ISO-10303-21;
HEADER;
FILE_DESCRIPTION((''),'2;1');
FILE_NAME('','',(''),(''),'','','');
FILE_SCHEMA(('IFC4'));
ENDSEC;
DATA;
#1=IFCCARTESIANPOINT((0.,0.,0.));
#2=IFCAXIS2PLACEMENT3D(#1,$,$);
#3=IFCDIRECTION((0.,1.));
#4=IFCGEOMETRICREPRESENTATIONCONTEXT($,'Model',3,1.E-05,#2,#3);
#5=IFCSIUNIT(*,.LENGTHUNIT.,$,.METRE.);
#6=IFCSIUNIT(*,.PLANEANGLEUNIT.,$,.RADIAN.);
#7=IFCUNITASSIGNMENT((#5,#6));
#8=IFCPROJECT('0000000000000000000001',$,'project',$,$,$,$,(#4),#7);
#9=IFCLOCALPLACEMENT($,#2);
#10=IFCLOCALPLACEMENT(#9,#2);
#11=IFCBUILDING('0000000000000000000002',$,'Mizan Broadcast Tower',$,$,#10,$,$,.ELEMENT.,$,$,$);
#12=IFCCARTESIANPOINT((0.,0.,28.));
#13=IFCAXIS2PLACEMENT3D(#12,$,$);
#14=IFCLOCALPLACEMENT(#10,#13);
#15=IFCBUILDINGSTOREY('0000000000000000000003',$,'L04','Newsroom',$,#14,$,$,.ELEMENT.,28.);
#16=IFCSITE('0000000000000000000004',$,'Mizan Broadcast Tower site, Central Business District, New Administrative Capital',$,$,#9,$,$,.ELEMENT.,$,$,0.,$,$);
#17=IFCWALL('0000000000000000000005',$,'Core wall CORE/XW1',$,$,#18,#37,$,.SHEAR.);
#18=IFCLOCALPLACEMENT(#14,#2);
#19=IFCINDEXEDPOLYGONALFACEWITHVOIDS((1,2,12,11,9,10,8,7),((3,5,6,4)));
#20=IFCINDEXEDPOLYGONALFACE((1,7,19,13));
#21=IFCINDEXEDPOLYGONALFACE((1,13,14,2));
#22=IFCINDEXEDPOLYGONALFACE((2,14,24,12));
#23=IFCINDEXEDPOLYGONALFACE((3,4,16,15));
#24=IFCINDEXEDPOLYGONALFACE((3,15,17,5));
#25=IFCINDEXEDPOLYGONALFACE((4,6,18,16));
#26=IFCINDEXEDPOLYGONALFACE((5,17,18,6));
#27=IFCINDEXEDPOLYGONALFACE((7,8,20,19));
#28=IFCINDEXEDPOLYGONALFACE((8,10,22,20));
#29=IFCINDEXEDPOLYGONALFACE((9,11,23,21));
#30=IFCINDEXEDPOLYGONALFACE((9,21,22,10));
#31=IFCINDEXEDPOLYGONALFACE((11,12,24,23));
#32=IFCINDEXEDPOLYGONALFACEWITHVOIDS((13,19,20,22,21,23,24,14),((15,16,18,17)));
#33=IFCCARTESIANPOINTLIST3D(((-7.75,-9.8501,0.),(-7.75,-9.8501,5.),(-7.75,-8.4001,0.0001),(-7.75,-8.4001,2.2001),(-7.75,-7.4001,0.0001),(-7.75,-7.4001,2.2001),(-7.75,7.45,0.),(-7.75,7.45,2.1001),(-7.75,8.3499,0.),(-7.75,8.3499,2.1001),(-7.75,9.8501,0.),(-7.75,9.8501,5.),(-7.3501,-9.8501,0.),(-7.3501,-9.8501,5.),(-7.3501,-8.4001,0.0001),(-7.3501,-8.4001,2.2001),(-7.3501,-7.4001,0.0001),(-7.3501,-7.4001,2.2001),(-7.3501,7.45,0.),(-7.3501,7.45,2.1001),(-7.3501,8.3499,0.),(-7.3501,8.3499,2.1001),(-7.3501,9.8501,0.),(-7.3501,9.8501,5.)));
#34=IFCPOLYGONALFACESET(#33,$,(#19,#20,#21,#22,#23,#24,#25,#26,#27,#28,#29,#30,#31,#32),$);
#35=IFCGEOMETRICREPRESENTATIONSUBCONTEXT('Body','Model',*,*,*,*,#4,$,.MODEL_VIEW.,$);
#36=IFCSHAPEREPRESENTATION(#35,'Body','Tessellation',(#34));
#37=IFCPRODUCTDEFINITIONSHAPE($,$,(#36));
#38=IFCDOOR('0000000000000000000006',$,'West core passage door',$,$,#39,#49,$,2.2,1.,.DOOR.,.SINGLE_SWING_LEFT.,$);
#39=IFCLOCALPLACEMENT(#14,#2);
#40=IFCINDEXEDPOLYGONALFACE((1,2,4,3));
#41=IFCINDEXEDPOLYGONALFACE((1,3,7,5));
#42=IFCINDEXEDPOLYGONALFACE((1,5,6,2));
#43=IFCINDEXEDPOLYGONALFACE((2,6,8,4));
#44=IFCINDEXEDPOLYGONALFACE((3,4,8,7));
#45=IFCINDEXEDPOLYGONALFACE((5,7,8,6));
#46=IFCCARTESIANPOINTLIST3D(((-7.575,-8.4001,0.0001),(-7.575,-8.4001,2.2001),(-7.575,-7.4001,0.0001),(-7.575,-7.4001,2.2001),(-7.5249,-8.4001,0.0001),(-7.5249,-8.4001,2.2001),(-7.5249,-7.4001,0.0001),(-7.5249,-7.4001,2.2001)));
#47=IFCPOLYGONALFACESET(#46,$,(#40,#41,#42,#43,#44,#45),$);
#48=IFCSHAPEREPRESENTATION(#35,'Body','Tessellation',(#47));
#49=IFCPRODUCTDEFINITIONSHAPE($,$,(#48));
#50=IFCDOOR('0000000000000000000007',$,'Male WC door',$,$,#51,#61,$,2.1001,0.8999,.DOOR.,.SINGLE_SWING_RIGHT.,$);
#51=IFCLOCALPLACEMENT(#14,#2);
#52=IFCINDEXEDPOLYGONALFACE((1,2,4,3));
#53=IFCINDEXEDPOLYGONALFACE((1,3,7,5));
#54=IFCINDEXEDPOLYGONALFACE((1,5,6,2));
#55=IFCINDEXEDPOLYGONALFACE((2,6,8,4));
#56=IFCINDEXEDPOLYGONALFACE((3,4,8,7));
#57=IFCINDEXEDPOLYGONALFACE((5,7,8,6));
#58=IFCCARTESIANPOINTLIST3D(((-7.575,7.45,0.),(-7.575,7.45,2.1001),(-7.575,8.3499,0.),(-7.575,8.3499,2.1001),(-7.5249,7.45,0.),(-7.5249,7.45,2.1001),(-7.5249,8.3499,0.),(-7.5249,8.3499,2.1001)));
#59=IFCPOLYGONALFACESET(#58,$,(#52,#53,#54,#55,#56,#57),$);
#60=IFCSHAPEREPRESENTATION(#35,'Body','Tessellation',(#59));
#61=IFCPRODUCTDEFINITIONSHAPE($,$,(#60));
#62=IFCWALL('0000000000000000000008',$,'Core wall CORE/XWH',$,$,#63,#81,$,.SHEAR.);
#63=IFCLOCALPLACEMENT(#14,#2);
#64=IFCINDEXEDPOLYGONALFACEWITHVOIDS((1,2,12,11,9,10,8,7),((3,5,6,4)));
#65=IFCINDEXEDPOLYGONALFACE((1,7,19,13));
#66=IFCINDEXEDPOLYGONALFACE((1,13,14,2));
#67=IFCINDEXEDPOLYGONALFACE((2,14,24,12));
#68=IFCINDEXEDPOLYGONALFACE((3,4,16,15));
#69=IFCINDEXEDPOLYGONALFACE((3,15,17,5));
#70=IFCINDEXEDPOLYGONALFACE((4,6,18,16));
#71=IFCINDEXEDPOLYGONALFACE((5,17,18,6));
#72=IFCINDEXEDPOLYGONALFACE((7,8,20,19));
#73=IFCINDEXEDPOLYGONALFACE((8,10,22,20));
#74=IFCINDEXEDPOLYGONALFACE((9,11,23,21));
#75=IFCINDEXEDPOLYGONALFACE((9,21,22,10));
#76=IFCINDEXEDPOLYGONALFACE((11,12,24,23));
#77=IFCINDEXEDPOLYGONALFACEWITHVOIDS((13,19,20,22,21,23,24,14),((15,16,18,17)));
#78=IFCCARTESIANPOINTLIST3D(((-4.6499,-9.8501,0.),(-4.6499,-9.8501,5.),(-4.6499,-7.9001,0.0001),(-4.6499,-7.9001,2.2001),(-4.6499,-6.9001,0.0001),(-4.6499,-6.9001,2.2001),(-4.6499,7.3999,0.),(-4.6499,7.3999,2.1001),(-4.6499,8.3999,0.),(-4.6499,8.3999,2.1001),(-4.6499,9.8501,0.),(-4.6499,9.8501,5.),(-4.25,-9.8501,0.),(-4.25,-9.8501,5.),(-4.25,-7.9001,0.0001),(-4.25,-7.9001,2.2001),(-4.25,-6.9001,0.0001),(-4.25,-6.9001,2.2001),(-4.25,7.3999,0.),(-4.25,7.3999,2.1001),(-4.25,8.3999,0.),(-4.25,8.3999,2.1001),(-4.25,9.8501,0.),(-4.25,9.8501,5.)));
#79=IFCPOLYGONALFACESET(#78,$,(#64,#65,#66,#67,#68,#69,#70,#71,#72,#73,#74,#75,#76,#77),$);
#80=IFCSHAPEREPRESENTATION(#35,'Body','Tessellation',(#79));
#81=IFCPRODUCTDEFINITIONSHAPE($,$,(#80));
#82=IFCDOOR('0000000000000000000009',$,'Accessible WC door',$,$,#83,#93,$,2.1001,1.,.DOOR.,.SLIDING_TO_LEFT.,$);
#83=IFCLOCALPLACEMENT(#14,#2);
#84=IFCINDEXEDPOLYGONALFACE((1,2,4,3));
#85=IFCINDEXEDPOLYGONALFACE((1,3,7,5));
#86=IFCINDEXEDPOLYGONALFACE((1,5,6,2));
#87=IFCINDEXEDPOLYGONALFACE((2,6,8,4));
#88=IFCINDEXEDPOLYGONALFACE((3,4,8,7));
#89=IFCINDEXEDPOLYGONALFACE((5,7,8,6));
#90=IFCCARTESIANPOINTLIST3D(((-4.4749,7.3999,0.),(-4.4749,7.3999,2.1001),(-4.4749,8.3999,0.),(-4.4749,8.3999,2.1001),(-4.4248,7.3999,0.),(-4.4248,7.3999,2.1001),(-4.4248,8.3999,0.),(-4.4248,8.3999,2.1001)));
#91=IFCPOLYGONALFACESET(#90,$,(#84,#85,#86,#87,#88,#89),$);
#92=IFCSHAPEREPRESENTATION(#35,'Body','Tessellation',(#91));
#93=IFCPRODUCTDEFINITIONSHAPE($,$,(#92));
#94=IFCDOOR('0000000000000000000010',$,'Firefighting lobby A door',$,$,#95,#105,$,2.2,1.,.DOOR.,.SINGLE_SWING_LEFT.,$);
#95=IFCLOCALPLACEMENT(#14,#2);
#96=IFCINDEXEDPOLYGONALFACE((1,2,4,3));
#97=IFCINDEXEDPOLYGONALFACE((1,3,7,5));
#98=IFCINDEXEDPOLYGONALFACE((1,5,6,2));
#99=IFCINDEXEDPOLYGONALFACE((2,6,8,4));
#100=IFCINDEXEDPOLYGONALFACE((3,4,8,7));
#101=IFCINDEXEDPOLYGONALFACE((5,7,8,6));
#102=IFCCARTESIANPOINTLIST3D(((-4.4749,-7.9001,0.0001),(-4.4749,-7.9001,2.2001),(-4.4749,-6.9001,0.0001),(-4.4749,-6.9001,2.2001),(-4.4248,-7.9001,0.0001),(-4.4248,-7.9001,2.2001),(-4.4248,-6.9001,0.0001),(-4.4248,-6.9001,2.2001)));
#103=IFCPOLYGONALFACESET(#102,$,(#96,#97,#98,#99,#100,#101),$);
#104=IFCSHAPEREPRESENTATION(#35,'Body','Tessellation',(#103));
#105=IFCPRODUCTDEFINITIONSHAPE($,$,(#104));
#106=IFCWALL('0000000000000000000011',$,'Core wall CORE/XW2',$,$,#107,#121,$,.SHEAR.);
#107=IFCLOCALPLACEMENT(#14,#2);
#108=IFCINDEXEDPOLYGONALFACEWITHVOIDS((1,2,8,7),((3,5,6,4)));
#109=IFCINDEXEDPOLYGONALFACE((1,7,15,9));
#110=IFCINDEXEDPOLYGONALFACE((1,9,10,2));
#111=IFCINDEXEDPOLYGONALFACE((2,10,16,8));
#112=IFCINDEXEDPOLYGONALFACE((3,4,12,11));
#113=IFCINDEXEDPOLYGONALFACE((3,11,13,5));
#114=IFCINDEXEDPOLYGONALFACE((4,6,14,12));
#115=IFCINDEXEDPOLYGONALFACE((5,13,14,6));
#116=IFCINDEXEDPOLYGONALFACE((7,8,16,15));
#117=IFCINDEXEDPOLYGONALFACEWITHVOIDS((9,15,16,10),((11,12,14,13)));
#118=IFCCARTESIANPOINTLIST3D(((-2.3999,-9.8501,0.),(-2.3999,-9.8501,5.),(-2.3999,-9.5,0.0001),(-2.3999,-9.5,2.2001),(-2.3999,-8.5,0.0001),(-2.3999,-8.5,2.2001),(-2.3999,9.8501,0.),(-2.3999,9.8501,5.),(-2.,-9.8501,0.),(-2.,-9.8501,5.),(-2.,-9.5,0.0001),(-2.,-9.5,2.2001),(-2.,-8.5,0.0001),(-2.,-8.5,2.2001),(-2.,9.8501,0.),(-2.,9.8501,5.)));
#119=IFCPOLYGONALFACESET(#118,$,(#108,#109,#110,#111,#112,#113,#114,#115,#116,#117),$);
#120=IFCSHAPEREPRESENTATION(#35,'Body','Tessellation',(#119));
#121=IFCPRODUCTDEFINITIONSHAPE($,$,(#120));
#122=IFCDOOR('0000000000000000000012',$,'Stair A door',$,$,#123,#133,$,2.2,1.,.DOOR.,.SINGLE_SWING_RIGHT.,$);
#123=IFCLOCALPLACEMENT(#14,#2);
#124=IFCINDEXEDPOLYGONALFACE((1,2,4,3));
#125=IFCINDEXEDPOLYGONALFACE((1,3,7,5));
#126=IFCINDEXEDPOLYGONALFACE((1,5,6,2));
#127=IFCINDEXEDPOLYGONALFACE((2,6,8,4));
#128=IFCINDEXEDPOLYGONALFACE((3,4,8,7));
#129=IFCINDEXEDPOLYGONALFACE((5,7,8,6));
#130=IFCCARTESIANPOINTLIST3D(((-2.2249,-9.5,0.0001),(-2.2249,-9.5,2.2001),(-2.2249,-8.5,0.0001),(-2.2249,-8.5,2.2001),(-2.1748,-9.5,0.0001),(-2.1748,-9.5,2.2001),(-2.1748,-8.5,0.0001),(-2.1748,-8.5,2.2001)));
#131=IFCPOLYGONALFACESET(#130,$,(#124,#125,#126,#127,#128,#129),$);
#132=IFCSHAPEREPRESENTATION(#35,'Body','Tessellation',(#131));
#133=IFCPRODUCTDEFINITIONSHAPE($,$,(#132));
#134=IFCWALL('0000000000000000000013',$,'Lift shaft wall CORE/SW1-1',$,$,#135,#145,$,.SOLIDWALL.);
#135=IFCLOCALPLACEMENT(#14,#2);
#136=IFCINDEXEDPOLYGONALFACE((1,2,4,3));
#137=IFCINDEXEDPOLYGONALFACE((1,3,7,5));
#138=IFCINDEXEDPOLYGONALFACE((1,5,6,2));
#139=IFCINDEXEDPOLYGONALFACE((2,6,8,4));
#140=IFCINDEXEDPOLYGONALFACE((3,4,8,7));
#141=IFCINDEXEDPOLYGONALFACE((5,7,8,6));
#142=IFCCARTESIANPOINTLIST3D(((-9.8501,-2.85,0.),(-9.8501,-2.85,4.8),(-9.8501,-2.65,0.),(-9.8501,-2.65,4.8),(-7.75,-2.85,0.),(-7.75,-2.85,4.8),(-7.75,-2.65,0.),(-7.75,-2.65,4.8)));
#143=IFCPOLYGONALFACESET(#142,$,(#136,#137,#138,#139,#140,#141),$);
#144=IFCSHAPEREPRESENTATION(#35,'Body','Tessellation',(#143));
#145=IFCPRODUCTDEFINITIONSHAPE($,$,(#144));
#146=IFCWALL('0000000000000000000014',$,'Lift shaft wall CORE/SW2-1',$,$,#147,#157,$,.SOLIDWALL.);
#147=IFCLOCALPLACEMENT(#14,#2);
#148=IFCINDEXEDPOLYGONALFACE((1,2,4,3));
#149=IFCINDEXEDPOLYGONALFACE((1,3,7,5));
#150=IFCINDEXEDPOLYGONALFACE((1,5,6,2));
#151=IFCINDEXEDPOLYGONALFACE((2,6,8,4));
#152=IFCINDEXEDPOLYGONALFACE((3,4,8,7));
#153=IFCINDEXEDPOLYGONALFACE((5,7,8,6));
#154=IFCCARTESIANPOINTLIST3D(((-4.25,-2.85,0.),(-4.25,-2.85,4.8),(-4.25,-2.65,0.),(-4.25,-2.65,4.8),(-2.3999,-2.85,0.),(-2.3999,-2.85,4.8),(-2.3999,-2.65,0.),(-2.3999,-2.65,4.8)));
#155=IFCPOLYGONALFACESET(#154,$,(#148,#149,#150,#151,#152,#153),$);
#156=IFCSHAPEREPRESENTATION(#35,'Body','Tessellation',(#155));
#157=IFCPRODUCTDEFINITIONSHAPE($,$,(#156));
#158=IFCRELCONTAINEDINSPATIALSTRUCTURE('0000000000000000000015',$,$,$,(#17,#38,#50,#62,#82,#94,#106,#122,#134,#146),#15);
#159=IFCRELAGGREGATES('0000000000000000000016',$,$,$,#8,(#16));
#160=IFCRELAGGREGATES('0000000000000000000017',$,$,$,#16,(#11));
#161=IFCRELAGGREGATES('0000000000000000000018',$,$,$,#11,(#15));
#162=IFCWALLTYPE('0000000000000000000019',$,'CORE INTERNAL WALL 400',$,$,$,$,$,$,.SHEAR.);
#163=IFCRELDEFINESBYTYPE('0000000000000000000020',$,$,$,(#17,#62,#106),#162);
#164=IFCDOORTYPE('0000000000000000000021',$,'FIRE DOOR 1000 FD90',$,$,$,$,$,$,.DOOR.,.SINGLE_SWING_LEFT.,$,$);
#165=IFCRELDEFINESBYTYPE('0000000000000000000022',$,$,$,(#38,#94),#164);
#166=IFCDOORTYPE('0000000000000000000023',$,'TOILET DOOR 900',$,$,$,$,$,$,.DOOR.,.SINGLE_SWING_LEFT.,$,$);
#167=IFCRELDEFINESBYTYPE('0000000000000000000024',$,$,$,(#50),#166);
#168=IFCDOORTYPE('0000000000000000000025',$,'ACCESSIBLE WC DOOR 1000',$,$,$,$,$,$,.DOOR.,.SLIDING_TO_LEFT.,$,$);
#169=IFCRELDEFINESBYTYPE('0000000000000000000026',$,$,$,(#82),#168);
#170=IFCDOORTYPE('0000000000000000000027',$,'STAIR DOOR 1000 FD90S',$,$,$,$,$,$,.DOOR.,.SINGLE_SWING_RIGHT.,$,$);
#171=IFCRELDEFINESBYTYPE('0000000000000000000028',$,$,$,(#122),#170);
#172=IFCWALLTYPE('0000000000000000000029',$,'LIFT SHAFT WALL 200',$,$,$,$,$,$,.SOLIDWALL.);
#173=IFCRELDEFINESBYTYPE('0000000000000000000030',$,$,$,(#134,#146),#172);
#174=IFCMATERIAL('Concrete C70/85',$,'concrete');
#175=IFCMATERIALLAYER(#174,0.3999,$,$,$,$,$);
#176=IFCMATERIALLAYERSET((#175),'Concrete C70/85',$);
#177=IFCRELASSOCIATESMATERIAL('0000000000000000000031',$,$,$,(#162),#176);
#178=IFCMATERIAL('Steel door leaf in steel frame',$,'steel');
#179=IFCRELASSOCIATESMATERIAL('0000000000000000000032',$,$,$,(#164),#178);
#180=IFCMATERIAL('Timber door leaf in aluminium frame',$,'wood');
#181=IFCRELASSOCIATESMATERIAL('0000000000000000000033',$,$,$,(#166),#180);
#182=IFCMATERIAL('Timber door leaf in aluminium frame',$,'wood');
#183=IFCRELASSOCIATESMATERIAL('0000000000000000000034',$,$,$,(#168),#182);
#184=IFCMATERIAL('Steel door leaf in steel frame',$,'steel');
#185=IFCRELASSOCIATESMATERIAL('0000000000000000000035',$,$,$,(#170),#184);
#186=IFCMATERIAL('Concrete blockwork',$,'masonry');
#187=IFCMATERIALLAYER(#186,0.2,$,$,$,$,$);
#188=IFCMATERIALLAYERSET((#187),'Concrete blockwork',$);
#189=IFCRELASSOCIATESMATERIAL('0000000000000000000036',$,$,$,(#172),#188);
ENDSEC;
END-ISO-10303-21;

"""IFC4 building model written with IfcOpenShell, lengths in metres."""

from ifc_helpers import new_model, si_unit, direction, frame, frame_2d, origin, place, context, subcontext, project, spatial, rectangle, extrude, material, layer, layer_set, type_object, element, fill, save


model = new_model("IFC4")

# Units and contexts
model_context = context("Model", 3, precision=1e-05, world=origin(), true_north=direction((0.0, 1.0)))
body_context = subcontext(model_context, "Body", "Model", "MODEL_VIEW")
ifc_project = project(units=[si_unit("LENGTHUNIT", "METRE"), si_unit("PLANEANGLEUNIT", "RADIAN")], contexts=[model_context])

# Site, building, storey
site_placement = place(None, origin())
site = spatial("IfcSite", under=ifc_project, at=site_placement, Name="Mizan Broadcast Tower site, Central Business District, New Administrative Capital", CompositionType="ELEMENT", RefElevation=0.0)
building_placement = place(site_placement, origin())
building = spatial("IfcBuilding", under=site, at=building_placement, Name="Mizan Broadcast Tower", CompositionType="ELEMENT")
storey_placement = place(building_placement, frame((0.0, 0.0, 28.0)))
storey = spatial("IfcBuildingStorey", under=building, at=storey_placement, Name="L04", Description="Newsroom", CompositionType="ELEMENT", Elevation=28.0)

# Walls, openings, doors
ifc_material_1 = material(Name="Concrete C70/85", Category="concrete")
ifc_layer_1 = layer(ifc_material_1, 0.3999)
ifc_layer_set_1 = layer_set([ifc_layer_1], Name="Concrete C70/85")
wall_type_1 = type_object("IfcWallType", Name="CORE INTERNAL WALL 400", PredefinedType="SHEAR", material=ifc_layer_set_1)
wall_1_placement = place(storey_placement, frame((-7.55, -9.8501, 0.0), z_axis=(0.0, 0.0, 1.0), x_axis=(0.0, 1.0, 0.0)))
wall_1 = element("IfcWall", 1, at=wall_1_placement, inside=storey, type_object=wall_type_1, Name="Core wall CORE/XW1", PredefinedType="SHEAR", context=body_context, shape_type="SweptSolid", body=[
    extrude(rectangle(XDim=19.7002, YDim=0.3999, at=frame_2d((9.8501, 0.0))), origin(), (0.0, 0.0, 1.0), 5.0),
])
opening_1_placement = place(wall_1_placement, frame((1.45, 0.0, 0.0)))
opening_1 = element("IfcOpeningElement", 2, at=opening_1_placement, cuts=wall_1, PredefinedType="OPENING", context=body_context, shape_type="SweptSolid", body=[
    extrude(rectangle(XDim=1.0, YDim=2.2, at=frame_2d((0.5, 1.1001))), frame((0.0, 0.21, 0.0), z_axis=(0.0, -1.0, 0.0), x_axis=(1.0, 0.0, 0.0)), (0.0, 0.0, 1.0), 0.4199),
])
opening_2_placement = place(wall_1_placement, frame((17.3, 0.0, 0.0)))
opening_2 = element("IfcOpeningElement", 3, at=opening_2_placement, cuts=wall_1, PredefinedType="OPENING", context=body_context, shape_type="SweptSolid", body=[
    extrude(rectangle(XDim=0.8999, YDim=2.1001, at=frame_2d((0.45, 1.05))), frame((0.0, 0.21, 0.0), z_axis=(0.0, -1.0, 0.0), x_axis=(1.0, 0.0, 0.0)), (0.0, 0.0, 1.0), 0.4199),
])
ifc_material_2 = material(Name="Steel door leaf in steel frame", Category="steel")
door_type_1 = type_object("IfcDoorType", Name="FIRE DOOR 1000 FD90", OperationType="SINGLE_SWING_LEFT", PredefinedType="DOOR", material=ifc_material_2)
door_1_placement = place(opening_1_placement, origin())
door_1 = element("IfcDoor", 4, at=door_1_placement, inside=storey, type_object=door_type_1, Name="West core passage door", OperationType="SINGLE_SWING_LEFT", OverallHeight=2.2, OverallWidth=1.0, PredefinedType="DOOR", context=body_context, shape_type="SweptSolid", body=[
    extrude(rectangle(XDim=1.0, YDim=2.2, at=frame_2d((0.5, 1.1001))), frame((0.0, 0.0249, 0.0), z_axis=(0.0, -1.0, 0.0), x_axis=(1.0, 0.0, 0.0)), (0.0, 0.0, 1.0), 0.05),
])
fill(opening_1, door_1)
ifc_material_3 = material(Name="Timber door leaf in aluminium frame", Category="wood")
door_type_2 = type_object("IfcDoorType", Name="TOILET DOOR 900", OperationType="SINGLE_SWING_LEFT", PredefinedType="DOOR", material=ifc_material_3)
door_2_placement = place(opening_2_placement, origin())
door_2 = element("IfcDoor", 5, at=door_2_placement, inside=storey, type_object=door_type_2, Name="Male WC door", OperationType="SINGLE_SWING_RIGHT", OverallHeight=2.1001, OverallWidth=0.8999, PredefinedType="DOOR", context=body_context, shape_type="SweptSolid", body=[
    extrude(rectangle(XDim=0.8999, YDim=2.1001, at=frame_2d((0.45, 1.05))), frame((0.0, 0.0249, 0.0), z_axis=(0.0, -1.0, 0.0), x_axis=(1.0, 0.0, 0.0)), (0.0, 0.0, 1.0), 0.05),
])
fill(opening_2, door_2)
wall_2_placement = place(storey_placement, frame((-4.45, -9.8501, 0.0), z_axis=(0.0, 0.0, 1.0), x_axis=(0.0, 1.0, 0.0)))
wall_2 = element("IfcWall", 6, at=wall_2_placement, inside=storey, type_object=wall_type_1, Name="Core wall CORE/XWH", PredefinedType="SHEAR", context=body_context, shape_type="SweptSolid", body=[
    extrude(rectangle(XDim=19.7002, YDim=0.3999, at=frame_2d((9.8501, 0.0))), origin(), (0.0, 0.0, 1.0), 5.0),
])
opening_3_placement = place(wall_2_placement, frame((1.95, 0.0, 0.0)))
opening_3 = element("IfcOpeningElement", 7, at=opening_3_placement, cuts=wall_2, PredefinedType="OPENING", context=body_context, shape_type="SweptSolid", body=[
    extrude(rectangle(XDim=1.0, YDim=2.2, at=frame_2d((0.5, 1.1001))), frame((0.0, 0.21, 0.0), z_axis=(0.0, -1.0, 0.0), x_axis=(1.0, 0.0, 0.0)), (0.0, 0.0, 1.0), 0.4199),
])
opening_4_placement = place(wall_2_placement, frame((17.25, 0.0, 0.0)))
opening_4 = element("IfcOpeningElement", 8, at=opening_4_placement, cuts=wall_2, PredefinedType="OPENING", context=body_context, shape_type="SweptSolid", body=[
    extrude(rectangle(XDim=1.0, YDim=2.1001, at=frame_2d((0.5, 1.05))), frame((0.0, 0.21, 0.0), z_axis=(0.0, -1.0, 0.0), x_axis=(1.0, 0.0, 0.0)), (0.0, 0.0, 1.0), 0.4199),
])
ifc_material_4 = material(Name="Timber door leaf in aluminium frame", Category="wood")
door_type_3 = type_object("IfcDoorType", Name="ACCESSIBLE WC DOOR 1000", OperationType="SLIDING_TO_LEFT", PredefinedType="DOOR", material=ifc_material_4)
door_3_placement = place(opening_4_placement, origin())
door_3 = element("IfcDoor", 9, at=door_3_placement, inside=storey, type_object=door_type_3, Name="Accessible WC door", OperationType="SLIDING_TO_LEFT", OverallHeight=2.1001, OverallWidth=1.0, PredefinedType="DOOR", context=body_context, shape_type="SweptSolid", body=[
    extrude(rectangle(XDim=1.0, YDim=2.1001, at=frame_2d((0.5, 1.05))), frame((0.0, 0.0249, 0.0), z_axis=(0.0, -1.0, 0.0), x_axis=(1.0, 0.0, 0.0)), (0.0, 0.0, 1.0), 0.05),
])
fill(opening_4, door_3)
door_4_placement = place(opening_3_placement, origin())
door_4 = element("IfcDoor", 10, at=door_4_placement, inside=storey, type_object=door_type_1, Name="Firefighting lobby A door", OperationType="SINGLE_SWING_LEFT", OverallHeight=2.2, OverallWidth=1.0, PredefinedType="DOOR", context=body_context, shape_type="SweptSolid", body=[
    extrude(rectangle(XDim=1.0, YDim=2.2, at=frame_2d((0.5, 1.1001))), frame((0.0, 0.0249, 0.0), z_axis=(0.0, -1.0, 0.0), x_axis=(1.0, 0.0, 0.0)), (0.0, 0.0, 1.0), 0.05),
])
fill(opening_3, door_4)

# Wall, opening, door
wall_3_placement = place(storey_placement, frame((-2.2, -9.8501, 0.0), z_axis=(0.0, 0.0, 1.0), x_axis=(0.0, 1.0, 0.0)))
wall_3 = element("IfcWall", 11, at=wall_3_placement, inside=storey, type_object=wall_type_1, Name="Core wall CORE/XW2", PredefinedType="SHEAR", context=body_context, shape_type="SweptSolid", body=[
    extrude(rectangle(XDim=19.7002, YDim=0.3999, at=frame_2d((9.8501, 0.0))), origin(), (0.0, 0.0, 1.0), 5.0),
])
opening_5_placement = place(wall_3_placement, frame((0.3501, 0.0, 0.0)))
opening_5 = element("IfcOpeningElement", 12, at=opening_5_placement, cuts=wall_3, PredefinedType="OPENING", context=body_context, shape_type="SweptSolid", body=[
    extrude(rectangle(XDim=1.0, YDim=2.2, at=frame_2d((0.5, 1.1001))), frame((0.0, 0.21, 0.0), z_axis=(0.0, -1.0, 0.0), x_axis=(1.0, 0.0, 0.0)), (0.0, 0.0, 1.0), 0.4199),
])
ifc_material_5 = material(Name="Steel door leaf in steel frame", Category="steel")
door_type_4 = type_object("IfcDoorType", Name="STAIR DOOR 1000 FD90S", OperationType="SINGLE_SWING_RIGHT", PredefinedType="DOOR", material=ifc_material_5)
door_5_placement = place(opening_5_placement, origin())
door_5 = element("IfcDoor", 13, at=door_5_placement, inside=storey, type_object=door_type_4, Name="Stair A door", OperationType="SINGLE_SWING_RIGHT", OverallHeight=2.2, OverallWidth=1.0, PredefinedType="DOOR", context=body_context, shape_type="SweptSolid", body=[
    extrude(rectangle(XDim=1.0, YDim=2.2, at=frame_2d((0.5, 1.1001))), frame((0.0, 0.0249, 0.0), z_axis=(0.0, -1.0, 0.0), x_axis=(1.0, 0.0, 0.0)), (0.0, 0.0, 1.0), 0.05),
])
fill(opening_5, door_5)

# Walls
ifc_material_6 = material(Name="Concrete blockwork", Category="masonry")
ifc_layer_2 = layer(ifc_material_6, 0.2)
ifc_layer_set_2 = layer_set([ifc_layer_2], Name="Concrete blockwork")
wall_type_2 = type_object("IfcWallType", Name="LIFT SHAFT WALL 200", PredefinedType="SOLIDWALL", material=ifc_layer_set_2)
wall_4_placement = place(storey_placement, frame((-9.8501, -2.75, 0.0), z_axis=(0.0, 0.0, 1.0), x_axis=(1.0, 0.0, 0.0)))
element("IfcWall", 14, at=wall_4_placement, inside=storey, type_object=wall_type_2, Name="Lift shaft wall CORE/SW1-1", PredefinedType="SOLIDWALL", context=body_context, shape_type="SweptSolid", body=[
    extrude(rectangle(XDim=2.1001, YDim=0.2, at=frame_2d((1.05, 0.0))), origin(), (0.0, 0.0, 1.0), 4.8),
])
wall_5_placement = place(storey_placement, frame((-4.25, -2.75, 0.0), z_axis=(0.0, 0.0, 1.0), x_axis=(1.0, 0.0, 0.0)))
element("IfcWall", 15, at=wall_5_placement, inside=storey, type_object=wall_type_2, Name="Lift shaft wall CORE/SW2-1", PredefinedType="SOLIDWALL", context=body_context, shape_type="SweptSolid", body=[
    extrude(rectangle(XDim=1.8501, YDim=0.2, at=frame_2d((0.925, 0.0))), origin(), (0.0, 0.0, 1.0), 4.8),
])

save(model, "model.ifc")
